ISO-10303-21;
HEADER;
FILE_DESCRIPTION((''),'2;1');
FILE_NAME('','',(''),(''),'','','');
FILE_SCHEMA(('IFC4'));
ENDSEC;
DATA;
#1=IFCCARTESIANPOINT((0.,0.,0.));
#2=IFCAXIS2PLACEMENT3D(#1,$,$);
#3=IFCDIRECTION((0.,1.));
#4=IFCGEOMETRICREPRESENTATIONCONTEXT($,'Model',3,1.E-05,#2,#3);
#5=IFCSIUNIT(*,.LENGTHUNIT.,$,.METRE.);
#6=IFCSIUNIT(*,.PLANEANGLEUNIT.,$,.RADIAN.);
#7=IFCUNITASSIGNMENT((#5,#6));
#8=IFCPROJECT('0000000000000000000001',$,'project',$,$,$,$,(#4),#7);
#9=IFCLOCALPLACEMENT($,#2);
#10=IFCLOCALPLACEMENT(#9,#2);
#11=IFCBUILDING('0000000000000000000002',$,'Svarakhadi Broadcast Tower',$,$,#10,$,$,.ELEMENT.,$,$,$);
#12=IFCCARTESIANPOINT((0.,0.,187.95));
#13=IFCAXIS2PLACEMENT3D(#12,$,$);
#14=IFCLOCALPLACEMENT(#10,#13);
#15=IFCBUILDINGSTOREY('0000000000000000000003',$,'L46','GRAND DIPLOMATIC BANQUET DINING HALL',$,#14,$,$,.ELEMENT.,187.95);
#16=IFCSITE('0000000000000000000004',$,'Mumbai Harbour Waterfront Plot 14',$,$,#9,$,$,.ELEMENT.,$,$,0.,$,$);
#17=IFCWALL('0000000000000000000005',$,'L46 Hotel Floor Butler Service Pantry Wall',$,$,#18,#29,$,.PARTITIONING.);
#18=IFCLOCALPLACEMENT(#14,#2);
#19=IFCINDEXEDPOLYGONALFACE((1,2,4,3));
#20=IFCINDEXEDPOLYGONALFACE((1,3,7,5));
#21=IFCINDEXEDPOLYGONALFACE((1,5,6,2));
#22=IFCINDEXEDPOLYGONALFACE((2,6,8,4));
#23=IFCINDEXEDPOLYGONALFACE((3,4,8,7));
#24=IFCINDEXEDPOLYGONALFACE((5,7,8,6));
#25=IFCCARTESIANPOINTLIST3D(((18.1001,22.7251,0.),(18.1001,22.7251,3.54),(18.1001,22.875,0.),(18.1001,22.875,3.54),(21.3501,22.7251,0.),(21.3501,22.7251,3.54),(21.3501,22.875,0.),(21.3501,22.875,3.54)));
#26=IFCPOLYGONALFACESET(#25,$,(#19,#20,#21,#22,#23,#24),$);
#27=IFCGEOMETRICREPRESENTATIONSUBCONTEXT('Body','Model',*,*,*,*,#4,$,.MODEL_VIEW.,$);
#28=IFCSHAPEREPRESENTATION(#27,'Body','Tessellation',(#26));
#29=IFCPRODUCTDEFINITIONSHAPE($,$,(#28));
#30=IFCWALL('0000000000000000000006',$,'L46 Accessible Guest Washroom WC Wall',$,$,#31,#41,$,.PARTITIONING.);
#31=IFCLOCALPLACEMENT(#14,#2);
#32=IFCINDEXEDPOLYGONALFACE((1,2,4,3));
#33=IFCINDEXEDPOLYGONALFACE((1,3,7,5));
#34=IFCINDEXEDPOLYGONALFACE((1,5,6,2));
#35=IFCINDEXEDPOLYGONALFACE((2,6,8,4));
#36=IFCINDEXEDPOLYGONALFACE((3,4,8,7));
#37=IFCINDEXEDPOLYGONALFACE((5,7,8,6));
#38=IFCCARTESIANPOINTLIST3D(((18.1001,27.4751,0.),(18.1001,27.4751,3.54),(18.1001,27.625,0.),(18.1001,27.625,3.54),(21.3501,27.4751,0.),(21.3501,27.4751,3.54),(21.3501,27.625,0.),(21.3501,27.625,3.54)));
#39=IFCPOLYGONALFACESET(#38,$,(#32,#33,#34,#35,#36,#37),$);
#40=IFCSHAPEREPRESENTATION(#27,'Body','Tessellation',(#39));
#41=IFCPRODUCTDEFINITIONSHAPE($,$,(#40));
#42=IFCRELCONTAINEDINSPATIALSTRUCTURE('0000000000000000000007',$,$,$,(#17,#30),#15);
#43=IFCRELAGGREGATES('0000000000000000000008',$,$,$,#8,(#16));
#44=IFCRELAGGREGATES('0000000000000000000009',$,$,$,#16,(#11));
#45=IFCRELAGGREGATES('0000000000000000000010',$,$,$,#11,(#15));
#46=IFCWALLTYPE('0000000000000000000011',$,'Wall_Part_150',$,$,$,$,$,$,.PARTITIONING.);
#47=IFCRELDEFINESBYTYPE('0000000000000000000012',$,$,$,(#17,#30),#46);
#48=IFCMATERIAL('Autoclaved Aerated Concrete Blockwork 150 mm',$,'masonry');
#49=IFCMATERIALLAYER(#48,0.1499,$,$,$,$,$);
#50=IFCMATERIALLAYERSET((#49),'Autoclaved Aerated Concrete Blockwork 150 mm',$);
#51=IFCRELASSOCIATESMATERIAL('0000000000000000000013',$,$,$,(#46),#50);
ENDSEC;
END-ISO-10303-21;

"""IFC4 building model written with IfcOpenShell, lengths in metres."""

from ifc_helpers import new_model, si_unit, direction, frame, frame_2d, origin, place, context, subcontext, project, spatial, rectangle, extrude, material, layer, layer_set, type_object, element, save


model = new_model("IFC4")

# Units and contexts
model_context = context("Model", 3, precision=1e-05, world=origin(), true_north=direction((0.0, 1.0)))
body_context = subcontext(model_context, "Body", "Model", "MODEL_VIEW")
ifc_project = project(units=[si_unit("LENGTHUNIT", "METRE"), si_unit("PLANEANGLEUNIT", "RADIAN")], contexts=[model_context])

# Site, building, storey
site_placement = place(None, origin())
site = spatial("IfcSite", under=ifc_project, at=site_placement, Name="Mumbai Harbour Waterfront Plot 14", CompositionType="ELEMENT", RefElevation=0.0)
building_placement = place(site_placement, origin())
building = spatial("IfcBuilding", under=site, at=building_placement, Name="Svarakhadi Broadcast Tower", CompositionType="ELEMENT")
storey_placement = place(building_placement, frame((0.0, 0.0, 187.95)))
storey = spatial("IfcBuildingStorey", under=building, at=storey_placement, Name="L46", Description="GRAND DIPLOMATIC BANQUET DINING HALL", CompositionType="ELEMENT", Elevation=187.95)

# Walls
ifc_material_1 = material(Name="Autoclaved Aerated Concrete Blockwork 150 mm", Category="masonry")
ifc_layer_1 = layer(ifc_material_1, 0.1499)
ifc_layer_set_1 = layer_set([ifc_layer_1], Name="Autoclaved Aerated Concrete Blockwork 150 mm")
wall_type_1 = type_object("IfcWallType", Name="Wall_Part_150", PredefinedType="PARTITIONING", material=ifc_layer_set_1)
for number, where, z_axis, x_axis, name in (
    (1, (18.1001, 22.8, 0.0), (0.0, 0.0, 1.0), (1.0, 0.0, 0.0), "L46 Hotel Floor Butler Service Pantry Wall"),
    (2, (18.1001, 27.55, 0.0), (0.0, 0.0, 1.0), (1.0, 0.0, 0.0), "L46 Accessible Guest Washroom WC Wall"),
):
    element("IfcWall", number, at=place(storey_placement, frame(where, z_axis=z_axis, x_axis=x_axis)), inside=storey, type_object=wall_type_1, Name=name, PredefinedType="PARTITIONING", context=body_context, shape_type="SweptSolid", body=[
        extrude(rectangle(XDim=3.25, YDim=0.1499, at=frame_2d((1.625, 0.0))), origin(), (0.0, 0.0, 1.0), 3.54),
    ])

save(model, "model.ifc")
